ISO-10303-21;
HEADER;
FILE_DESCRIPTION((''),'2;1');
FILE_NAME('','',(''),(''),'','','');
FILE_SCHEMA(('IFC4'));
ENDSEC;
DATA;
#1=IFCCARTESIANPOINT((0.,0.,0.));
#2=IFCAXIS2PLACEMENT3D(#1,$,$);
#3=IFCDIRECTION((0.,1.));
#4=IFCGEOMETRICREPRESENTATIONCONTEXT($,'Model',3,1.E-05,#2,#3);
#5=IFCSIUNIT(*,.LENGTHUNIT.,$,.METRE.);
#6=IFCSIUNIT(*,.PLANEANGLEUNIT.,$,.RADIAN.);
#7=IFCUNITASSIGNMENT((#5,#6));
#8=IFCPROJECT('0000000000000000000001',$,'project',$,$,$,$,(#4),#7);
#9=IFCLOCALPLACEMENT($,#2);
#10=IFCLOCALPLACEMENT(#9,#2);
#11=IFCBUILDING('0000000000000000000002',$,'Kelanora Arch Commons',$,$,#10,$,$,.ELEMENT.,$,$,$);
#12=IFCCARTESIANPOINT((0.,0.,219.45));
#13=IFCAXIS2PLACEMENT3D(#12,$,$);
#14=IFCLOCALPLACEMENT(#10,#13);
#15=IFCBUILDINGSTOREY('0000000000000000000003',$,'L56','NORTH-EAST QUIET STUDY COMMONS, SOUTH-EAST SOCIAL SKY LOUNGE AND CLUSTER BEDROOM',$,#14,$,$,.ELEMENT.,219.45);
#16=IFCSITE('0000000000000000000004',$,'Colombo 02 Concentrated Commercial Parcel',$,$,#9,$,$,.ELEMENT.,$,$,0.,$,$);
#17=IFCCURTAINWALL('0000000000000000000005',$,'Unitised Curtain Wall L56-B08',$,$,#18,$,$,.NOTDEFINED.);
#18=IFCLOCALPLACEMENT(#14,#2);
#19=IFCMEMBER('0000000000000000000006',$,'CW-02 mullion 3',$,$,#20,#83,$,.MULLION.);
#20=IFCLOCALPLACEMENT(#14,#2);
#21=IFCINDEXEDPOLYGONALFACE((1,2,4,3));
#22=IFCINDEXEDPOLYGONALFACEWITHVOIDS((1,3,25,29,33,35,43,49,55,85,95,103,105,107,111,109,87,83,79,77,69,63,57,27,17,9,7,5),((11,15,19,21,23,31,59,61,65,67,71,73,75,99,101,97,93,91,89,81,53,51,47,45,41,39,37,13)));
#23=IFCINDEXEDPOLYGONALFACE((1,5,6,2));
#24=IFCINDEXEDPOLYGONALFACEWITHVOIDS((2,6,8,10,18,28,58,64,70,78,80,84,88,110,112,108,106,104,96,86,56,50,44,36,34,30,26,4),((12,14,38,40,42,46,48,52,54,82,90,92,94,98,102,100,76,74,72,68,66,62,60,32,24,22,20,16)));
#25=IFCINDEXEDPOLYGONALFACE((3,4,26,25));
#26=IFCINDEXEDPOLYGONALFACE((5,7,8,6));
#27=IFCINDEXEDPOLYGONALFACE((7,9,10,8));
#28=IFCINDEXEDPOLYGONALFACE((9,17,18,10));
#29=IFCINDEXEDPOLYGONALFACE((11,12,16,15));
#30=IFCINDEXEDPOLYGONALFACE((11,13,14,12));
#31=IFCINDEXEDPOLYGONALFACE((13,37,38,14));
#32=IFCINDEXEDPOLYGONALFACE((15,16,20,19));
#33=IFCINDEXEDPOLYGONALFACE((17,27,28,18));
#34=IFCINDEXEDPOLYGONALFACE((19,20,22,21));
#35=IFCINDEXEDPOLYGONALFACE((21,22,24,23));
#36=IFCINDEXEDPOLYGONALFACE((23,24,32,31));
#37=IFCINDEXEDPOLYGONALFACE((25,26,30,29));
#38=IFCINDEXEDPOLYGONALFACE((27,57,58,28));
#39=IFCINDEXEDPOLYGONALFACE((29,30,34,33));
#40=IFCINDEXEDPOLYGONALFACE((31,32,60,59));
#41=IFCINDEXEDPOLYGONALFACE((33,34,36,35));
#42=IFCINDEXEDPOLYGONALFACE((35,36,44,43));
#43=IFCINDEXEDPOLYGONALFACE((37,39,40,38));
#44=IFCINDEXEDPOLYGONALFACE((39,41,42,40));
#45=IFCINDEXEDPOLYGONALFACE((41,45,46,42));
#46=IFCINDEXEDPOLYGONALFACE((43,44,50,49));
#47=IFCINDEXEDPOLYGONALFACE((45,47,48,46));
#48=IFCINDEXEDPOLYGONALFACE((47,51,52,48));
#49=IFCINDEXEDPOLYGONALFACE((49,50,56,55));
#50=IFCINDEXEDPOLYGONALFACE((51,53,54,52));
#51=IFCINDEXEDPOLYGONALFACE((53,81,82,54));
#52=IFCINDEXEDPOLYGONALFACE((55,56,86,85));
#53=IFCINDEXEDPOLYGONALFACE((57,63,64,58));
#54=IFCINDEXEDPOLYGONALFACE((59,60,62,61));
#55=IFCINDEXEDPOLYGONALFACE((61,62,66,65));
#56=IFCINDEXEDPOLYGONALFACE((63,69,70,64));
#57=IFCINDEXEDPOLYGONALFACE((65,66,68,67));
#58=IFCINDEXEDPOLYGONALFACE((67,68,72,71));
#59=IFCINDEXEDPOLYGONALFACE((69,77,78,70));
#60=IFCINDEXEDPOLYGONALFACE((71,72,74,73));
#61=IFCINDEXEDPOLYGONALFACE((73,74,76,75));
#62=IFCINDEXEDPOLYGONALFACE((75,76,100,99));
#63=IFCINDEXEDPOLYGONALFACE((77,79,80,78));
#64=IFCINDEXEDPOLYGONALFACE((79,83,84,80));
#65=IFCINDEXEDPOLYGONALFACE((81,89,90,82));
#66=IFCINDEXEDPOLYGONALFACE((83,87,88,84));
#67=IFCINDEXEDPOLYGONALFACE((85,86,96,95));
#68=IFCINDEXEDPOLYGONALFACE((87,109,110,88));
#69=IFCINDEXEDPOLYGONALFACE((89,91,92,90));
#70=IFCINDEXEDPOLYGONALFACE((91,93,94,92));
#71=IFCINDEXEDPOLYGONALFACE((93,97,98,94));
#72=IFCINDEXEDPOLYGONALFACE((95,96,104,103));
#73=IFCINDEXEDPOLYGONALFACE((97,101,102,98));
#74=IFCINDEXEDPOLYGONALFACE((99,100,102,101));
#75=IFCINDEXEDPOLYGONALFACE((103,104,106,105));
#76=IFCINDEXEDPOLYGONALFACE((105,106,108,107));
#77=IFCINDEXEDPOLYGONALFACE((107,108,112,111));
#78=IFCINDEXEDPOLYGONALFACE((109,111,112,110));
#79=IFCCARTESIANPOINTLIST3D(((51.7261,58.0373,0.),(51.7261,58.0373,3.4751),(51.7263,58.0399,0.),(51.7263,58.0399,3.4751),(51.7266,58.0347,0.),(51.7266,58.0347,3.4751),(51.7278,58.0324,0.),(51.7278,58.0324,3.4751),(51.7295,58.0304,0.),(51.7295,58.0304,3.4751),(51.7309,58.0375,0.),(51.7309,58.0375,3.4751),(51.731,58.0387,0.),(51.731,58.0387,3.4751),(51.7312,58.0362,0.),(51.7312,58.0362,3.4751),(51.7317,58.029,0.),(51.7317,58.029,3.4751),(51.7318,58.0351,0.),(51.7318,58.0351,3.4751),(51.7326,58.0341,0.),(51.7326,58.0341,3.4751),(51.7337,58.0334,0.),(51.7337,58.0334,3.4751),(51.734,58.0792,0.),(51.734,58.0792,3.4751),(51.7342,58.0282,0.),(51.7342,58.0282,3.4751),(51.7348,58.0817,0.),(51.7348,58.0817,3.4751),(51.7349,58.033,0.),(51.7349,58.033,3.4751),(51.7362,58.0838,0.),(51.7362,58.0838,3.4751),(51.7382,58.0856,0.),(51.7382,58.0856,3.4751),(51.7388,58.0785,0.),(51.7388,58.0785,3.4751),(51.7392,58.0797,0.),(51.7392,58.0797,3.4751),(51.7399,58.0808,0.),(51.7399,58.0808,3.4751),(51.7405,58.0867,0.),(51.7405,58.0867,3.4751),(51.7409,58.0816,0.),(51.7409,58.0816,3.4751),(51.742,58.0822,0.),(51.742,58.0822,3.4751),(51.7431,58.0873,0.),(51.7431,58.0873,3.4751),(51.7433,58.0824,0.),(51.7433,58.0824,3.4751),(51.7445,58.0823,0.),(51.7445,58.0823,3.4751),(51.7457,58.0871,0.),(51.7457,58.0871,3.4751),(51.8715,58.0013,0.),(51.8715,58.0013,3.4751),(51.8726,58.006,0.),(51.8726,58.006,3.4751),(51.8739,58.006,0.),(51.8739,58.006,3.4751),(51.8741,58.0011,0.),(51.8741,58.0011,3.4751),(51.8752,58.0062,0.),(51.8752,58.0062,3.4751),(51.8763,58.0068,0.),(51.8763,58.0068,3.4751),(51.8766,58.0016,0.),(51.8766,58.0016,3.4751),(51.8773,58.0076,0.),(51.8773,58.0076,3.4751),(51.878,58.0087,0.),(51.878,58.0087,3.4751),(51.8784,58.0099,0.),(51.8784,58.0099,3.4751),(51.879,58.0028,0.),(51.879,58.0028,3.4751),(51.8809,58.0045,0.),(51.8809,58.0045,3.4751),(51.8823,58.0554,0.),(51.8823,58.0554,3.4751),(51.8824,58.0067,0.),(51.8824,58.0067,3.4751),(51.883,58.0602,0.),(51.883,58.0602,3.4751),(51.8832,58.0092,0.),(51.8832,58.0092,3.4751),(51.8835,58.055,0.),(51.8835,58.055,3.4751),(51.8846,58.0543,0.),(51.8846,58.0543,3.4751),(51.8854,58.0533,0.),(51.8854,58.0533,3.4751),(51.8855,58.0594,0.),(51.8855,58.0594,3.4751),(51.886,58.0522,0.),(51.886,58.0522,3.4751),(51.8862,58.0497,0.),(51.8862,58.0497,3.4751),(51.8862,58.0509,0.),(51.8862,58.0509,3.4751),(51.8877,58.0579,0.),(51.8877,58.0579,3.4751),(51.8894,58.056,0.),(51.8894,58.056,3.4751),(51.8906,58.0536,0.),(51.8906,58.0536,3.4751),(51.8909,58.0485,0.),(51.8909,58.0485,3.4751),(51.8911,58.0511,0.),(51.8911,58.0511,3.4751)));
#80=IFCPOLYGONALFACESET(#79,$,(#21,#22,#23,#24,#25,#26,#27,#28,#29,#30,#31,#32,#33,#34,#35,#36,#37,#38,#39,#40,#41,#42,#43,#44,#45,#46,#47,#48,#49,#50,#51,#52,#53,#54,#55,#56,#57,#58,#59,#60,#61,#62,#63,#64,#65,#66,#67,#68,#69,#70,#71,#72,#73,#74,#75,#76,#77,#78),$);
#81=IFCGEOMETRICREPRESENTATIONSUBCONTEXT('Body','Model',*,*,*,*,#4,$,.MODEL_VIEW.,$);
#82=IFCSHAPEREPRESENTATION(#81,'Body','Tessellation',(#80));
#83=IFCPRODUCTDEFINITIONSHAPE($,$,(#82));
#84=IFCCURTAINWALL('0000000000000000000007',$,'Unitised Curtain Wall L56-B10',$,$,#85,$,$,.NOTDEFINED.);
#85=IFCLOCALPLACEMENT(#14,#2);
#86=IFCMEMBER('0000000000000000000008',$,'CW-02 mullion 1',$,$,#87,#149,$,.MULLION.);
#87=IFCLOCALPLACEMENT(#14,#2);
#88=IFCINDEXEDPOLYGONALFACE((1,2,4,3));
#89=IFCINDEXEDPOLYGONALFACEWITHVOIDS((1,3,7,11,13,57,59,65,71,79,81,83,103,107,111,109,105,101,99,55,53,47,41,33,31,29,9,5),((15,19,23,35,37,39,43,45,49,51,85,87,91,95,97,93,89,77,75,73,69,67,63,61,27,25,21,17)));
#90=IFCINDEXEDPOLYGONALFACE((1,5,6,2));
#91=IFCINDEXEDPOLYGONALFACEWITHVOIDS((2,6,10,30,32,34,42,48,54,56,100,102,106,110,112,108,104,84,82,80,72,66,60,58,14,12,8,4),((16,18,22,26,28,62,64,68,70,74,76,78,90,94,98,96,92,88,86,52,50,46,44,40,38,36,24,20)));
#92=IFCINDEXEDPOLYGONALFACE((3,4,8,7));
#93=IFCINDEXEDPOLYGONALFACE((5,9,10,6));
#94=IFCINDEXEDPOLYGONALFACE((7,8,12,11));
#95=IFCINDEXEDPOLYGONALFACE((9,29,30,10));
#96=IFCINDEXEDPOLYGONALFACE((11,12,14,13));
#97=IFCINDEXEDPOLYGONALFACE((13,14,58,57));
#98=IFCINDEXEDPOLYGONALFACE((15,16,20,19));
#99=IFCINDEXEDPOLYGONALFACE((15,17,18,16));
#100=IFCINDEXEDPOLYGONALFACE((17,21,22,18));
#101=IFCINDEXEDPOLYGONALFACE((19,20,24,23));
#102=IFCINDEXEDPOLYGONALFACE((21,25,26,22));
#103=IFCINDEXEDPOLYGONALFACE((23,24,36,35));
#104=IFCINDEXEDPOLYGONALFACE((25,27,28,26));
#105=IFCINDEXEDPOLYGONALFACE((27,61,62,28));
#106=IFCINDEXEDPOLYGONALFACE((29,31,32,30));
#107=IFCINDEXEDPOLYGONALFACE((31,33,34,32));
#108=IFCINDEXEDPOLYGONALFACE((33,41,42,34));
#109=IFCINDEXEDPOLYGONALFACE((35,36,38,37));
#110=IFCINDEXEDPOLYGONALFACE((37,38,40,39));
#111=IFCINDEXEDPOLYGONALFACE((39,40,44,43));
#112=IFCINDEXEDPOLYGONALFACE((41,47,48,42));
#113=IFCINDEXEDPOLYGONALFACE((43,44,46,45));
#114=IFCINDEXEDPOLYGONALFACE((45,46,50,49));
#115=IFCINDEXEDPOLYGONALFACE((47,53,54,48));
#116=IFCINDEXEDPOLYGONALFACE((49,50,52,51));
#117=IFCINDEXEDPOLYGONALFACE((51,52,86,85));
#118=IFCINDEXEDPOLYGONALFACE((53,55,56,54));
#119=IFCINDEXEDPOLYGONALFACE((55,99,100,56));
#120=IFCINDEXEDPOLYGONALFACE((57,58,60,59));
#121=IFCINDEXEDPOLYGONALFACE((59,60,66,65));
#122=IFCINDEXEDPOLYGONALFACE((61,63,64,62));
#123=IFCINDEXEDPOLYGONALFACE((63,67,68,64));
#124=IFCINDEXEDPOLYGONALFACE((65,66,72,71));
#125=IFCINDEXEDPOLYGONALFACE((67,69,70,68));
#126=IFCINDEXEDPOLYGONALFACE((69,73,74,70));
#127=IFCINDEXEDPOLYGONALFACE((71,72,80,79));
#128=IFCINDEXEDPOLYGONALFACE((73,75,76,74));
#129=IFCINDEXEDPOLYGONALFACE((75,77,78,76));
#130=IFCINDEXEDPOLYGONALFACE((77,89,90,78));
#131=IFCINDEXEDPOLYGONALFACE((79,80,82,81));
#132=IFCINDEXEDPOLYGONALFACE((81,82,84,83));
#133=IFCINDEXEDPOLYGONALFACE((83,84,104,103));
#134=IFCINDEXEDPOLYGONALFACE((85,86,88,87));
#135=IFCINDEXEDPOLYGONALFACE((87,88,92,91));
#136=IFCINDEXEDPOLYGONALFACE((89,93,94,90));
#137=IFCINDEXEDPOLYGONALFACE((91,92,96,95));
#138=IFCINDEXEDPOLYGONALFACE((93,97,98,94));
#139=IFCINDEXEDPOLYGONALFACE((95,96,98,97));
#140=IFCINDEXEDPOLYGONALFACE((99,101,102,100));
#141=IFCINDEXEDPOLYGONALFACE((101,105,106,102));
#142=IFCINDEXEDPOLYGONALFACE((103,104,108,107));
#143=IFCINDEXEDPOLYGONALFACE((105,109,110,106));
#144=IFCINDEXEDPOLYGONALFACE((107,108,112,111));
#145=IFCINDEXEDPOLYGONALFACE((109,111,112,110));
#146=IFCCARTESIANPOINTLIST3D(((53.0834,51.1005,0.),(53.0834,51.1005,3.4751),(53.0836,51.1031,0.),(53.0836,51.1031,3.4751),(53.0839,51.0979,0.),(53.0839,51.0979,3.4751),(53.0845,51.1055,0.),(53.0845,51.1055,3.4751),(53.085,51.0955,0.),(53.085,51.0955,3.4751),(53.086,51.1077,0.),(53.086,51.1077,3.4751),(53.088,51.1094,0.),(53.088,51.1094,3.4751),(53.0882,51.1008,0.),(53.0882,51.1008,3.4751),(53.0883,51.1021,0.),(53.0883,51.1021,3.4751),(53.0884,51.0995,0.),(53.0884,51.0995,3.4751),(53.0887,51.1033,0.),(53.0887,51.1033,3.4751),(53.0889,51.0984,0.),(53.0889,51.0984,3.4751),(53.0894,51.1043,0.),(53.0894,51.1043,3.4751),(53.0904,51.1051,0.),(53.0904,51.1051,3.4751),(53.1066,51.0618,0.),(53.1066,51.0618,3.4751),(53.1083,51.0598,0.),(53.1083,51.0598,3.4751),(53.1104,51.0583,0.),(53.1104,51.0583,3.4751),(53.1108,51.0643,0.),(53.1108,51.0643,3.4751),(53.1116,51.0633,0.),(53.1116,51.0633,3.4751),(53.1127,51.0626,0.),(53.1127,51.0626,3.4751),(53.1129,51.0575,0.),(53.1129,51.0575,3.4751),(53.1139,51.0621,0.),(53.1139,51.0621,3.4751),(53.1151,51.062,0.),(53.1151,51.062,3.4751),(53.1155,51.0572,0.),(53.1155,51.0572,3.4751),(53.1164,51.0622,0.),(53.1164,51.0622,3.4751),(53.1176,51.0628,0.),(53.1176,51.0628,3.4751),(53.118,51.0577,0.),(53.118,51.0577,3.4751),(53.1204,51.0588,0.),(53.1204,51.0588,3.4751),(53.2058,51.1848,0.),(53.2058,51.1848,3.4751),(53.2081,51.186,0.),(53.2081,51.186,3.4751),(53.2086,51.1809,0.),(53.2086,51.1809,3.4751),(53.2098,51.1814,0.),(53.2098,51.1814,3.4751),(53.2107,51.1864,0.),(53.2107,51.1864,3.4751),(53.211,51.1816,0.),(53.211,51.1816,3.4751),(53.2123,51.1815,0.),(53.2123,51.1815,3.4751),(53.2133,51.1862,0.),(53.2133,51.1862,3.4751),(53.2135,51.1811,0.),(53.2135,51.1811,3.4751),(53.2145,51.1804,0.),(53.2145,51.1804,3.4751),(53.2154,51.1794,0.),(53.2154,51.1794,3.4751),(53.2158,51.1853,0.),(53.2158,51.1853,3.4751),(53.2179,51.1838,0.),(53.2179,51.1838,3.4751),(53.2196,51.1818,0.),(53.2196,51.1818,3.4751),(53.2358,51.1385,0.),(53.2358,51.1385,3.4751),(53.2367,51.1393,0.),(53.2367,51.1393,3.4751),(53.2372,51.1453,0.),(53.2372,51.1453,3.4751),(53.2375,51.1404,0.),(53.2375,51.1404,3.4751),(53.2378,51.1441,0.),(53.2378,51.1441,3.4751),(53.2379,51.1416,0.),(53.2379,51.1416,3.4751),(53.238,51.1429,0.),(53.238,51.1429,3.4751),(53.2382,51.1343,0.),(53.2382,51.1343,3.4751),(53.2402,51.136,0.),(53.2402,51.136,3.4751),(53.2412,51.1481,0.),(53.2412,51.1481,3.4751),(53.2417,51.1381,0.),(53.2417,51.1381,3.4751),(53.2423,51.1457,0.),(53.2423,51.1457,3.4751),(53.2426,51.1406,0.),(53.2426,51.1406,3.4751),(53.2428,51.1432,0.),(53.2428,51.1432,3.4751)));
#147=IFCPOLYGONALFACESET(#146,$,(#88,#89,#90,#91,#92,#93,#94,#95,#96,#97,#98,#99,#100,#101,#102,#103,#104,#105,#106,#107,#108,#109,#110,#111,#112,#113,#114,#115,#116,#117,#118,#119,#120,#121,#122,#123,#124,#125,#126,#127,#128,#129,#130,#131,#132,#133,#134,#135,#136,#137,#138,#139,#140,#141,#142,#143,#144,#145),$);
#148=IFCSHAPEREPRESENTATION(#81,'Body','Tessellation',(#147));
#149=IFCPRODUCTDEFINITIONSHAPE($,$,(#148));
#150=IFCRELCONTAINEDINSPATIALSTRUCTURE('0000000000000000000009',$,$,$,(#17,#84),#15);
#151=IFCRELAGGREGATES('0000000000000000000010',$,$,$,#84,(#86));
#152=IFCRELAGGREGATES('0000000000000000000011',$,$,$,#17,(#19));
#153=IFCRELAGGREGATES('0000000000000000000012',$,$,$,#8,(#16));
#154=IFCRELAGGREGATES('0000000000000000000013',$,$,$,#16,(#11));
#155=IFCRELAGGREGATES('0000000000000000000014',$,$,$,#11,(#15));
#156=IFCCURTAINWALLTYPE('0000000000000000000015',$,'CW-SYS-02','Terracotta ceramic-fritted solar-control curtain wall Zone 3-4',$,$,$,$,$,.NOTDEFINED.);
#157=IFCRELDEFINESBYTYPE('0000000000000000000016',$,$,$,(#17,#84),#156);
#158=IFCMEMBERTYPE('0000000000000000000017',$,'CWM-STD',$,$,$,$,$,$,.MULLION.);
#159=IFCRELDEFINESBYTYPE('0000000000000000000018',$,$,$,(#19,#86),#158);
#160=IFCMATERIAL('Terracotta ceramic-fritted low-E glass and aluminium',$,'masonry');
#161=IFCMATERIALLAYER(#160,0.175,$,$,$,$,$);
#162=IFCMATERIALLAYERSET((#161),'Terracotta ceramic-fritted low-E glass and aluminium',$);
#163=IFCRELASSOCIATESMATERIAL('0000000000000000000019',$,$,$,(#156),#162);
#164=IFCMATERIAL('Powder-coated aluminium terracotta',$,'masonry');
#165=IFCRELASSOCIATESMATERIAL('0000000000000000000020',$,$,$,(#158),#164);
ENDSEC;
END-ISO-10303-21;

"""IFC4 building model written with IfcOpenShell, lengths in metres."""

from ifc_helpers import new_model, si_unit, direction, frame, origin, origin_2d, place, context, subcontext, project, spatial, hollow_rectangle, extrude, material, layer, layer_set, material_profile, profile_set, type_object, element, aggregate, save


model = new_model("IFC4")

# Units and contexts
model_context = context("Model", 3, precision=1e-05, world=origin(), true_north=direction((0.0, 1.0)))
body_context = subcontext(model_context, "Body", "Model", "MODEL_VIEW")
ifc_project = project(units=[si_unit("LENGTHUNIT", "METRE"), si_unit("PLANEANGLEUNIT", "RADIAN")], contexts=[model_context])

# Site, building, storey
site_placement = place(None, origin())
site = spatial("IfcSite", under=ifc_project, at=site_placement, Name="Colombo 02 Concentrated Commercial Parcel", CompositionType="ELEMENT", RefElevation=0.0)
building_placement = place(site_placement, origin())
building = spatial("IfcBuilding", under=site, at=building_placement, Name="Kelanora Arch Commons", CompositionType="ELEMENT")
storey_placement = place(building_placement, frame((0.0, 0.0, 219.45)))
storey = spatial("IfcBuildingStorey", under=building, at=storey_placement, Name="L56", Description="NORTH-EAST QUIET STUDY COMMONS, SOUTH-EAST SOCIAL SKY LOUNGE AND CLUSTER BEDROOM", CompositionType="ELEMENT", Elevation=219.45)

# Curtain wall, member
ifc_material_1 = material(Name="Terracotta ceramic-fritted low-E glass and aluminium", Category="masonry")
ifc_layer_1 = layer(ifc_material_1, 0.175)
ifc_layer_set_1 = layer_set([ifc_layer_1], Name="Terracotta ceramic-fritted low-E glass and aluminium")
curtain_wall_type = type_object("IfcCurtainWallType", Name="CW-SYS-02", Description="Terracotta ceramic-fritted solar-control curtain wall Zone 3-4", PredefinedType="NOTDEFINED", material=ifc_layer_set_1)
curtain_wall_1_placement = place(storey_placement, origin())
curtain_wall_1 = element("IfcCurtainWall", 1, at=curtain_wall_1_placement, inside=storey, type_object=curtain_wall_type, Name="Unitised Curtain Wall L56-B08", PredefinedType="NOTDEFINED")
ifc_material_2 = material(Name="Powder-coated aluminium terracotta", Category="masonry")
ifc_material_profile_1 = material_profile(ifc_material_2, hollow_rectangle(XDim=0.1599, YDim=0.0601, WallThickness=0.0049, InnerFilletRadius=0.0049, OuterFilletRadius=0.01, at=origin_2d()), Name="CWM160x60")
ifc_profile_set_1 = profile_set([ifc_material_profile_1], Name="Powder-coated aluminium terracotta")
member_type_1 = type_object("IfcMemberType", Name="CWM-STD", PredefinedType="MULLION", material=ifc_profile_set_1)
member_1_placement = place(storey_placement, frame((51.8086, 58.0442, 0.0), z_axis=(0.0, 0.0, 1.0), x_axis=(0.981381, -0.192069, 0.0)))
member_1 = element("IfcMember", 2, at=member_1_placement, type_object=member_type_1, Name="CW-02 mullion 3", PredefinedType="MULLION", context=body_context, shape_type="SweptSolid", body=[
    extrude(hollow_rectangle(XDim=0.1599, YDim=0.0601, WallThickness=0.0049, InnerFilletRadius=0.0049, OuterFilletRadius=0.01, at=origin_2d()), origin(), (0.0, 0.0, 1.0), 3.4751),
])

# Curtain wall, member
curtain_wall_2_placement = place(storey_placement, origin())
curtain_wall_2 = element("IfcCurtainWall", 3, at=curtain_wall_2_placement, inside=storey, type_object=curtain_wall_type, Name="Unitised Curtain Wall L56-B10", PredefinedType="NOTDEFINED")
member_2_placement = place(storey_placement, frame((53.1631, 51.1218, 0.0), z_axis=(0.0, 0.0, 1.0), x_axis=(0.841948, 0.539559, 0.0)))
member_2 = element("IfcMember", 4, at=member_2_placement, type_object=member_type_1, Name="CW-02 mullion 1", PredefinedType="MULLION", context=body_context, shape_type="SweptSolid", body=[
    extrude(hollow_rectangle(XDim=0.1599, YDim=0.0601, WallThickness=0.0049, InnerFilletRadius=0.0049, OuterFilletRadius=0.01, at=origin_2d()), origin(), (0.0, 0.0, 1.0), 3.4751),
])
aggregate(curtain_wall_2, [member_2])

aggregate(curtain_wall_1, [member_1])

save(model, "model.ifc")
